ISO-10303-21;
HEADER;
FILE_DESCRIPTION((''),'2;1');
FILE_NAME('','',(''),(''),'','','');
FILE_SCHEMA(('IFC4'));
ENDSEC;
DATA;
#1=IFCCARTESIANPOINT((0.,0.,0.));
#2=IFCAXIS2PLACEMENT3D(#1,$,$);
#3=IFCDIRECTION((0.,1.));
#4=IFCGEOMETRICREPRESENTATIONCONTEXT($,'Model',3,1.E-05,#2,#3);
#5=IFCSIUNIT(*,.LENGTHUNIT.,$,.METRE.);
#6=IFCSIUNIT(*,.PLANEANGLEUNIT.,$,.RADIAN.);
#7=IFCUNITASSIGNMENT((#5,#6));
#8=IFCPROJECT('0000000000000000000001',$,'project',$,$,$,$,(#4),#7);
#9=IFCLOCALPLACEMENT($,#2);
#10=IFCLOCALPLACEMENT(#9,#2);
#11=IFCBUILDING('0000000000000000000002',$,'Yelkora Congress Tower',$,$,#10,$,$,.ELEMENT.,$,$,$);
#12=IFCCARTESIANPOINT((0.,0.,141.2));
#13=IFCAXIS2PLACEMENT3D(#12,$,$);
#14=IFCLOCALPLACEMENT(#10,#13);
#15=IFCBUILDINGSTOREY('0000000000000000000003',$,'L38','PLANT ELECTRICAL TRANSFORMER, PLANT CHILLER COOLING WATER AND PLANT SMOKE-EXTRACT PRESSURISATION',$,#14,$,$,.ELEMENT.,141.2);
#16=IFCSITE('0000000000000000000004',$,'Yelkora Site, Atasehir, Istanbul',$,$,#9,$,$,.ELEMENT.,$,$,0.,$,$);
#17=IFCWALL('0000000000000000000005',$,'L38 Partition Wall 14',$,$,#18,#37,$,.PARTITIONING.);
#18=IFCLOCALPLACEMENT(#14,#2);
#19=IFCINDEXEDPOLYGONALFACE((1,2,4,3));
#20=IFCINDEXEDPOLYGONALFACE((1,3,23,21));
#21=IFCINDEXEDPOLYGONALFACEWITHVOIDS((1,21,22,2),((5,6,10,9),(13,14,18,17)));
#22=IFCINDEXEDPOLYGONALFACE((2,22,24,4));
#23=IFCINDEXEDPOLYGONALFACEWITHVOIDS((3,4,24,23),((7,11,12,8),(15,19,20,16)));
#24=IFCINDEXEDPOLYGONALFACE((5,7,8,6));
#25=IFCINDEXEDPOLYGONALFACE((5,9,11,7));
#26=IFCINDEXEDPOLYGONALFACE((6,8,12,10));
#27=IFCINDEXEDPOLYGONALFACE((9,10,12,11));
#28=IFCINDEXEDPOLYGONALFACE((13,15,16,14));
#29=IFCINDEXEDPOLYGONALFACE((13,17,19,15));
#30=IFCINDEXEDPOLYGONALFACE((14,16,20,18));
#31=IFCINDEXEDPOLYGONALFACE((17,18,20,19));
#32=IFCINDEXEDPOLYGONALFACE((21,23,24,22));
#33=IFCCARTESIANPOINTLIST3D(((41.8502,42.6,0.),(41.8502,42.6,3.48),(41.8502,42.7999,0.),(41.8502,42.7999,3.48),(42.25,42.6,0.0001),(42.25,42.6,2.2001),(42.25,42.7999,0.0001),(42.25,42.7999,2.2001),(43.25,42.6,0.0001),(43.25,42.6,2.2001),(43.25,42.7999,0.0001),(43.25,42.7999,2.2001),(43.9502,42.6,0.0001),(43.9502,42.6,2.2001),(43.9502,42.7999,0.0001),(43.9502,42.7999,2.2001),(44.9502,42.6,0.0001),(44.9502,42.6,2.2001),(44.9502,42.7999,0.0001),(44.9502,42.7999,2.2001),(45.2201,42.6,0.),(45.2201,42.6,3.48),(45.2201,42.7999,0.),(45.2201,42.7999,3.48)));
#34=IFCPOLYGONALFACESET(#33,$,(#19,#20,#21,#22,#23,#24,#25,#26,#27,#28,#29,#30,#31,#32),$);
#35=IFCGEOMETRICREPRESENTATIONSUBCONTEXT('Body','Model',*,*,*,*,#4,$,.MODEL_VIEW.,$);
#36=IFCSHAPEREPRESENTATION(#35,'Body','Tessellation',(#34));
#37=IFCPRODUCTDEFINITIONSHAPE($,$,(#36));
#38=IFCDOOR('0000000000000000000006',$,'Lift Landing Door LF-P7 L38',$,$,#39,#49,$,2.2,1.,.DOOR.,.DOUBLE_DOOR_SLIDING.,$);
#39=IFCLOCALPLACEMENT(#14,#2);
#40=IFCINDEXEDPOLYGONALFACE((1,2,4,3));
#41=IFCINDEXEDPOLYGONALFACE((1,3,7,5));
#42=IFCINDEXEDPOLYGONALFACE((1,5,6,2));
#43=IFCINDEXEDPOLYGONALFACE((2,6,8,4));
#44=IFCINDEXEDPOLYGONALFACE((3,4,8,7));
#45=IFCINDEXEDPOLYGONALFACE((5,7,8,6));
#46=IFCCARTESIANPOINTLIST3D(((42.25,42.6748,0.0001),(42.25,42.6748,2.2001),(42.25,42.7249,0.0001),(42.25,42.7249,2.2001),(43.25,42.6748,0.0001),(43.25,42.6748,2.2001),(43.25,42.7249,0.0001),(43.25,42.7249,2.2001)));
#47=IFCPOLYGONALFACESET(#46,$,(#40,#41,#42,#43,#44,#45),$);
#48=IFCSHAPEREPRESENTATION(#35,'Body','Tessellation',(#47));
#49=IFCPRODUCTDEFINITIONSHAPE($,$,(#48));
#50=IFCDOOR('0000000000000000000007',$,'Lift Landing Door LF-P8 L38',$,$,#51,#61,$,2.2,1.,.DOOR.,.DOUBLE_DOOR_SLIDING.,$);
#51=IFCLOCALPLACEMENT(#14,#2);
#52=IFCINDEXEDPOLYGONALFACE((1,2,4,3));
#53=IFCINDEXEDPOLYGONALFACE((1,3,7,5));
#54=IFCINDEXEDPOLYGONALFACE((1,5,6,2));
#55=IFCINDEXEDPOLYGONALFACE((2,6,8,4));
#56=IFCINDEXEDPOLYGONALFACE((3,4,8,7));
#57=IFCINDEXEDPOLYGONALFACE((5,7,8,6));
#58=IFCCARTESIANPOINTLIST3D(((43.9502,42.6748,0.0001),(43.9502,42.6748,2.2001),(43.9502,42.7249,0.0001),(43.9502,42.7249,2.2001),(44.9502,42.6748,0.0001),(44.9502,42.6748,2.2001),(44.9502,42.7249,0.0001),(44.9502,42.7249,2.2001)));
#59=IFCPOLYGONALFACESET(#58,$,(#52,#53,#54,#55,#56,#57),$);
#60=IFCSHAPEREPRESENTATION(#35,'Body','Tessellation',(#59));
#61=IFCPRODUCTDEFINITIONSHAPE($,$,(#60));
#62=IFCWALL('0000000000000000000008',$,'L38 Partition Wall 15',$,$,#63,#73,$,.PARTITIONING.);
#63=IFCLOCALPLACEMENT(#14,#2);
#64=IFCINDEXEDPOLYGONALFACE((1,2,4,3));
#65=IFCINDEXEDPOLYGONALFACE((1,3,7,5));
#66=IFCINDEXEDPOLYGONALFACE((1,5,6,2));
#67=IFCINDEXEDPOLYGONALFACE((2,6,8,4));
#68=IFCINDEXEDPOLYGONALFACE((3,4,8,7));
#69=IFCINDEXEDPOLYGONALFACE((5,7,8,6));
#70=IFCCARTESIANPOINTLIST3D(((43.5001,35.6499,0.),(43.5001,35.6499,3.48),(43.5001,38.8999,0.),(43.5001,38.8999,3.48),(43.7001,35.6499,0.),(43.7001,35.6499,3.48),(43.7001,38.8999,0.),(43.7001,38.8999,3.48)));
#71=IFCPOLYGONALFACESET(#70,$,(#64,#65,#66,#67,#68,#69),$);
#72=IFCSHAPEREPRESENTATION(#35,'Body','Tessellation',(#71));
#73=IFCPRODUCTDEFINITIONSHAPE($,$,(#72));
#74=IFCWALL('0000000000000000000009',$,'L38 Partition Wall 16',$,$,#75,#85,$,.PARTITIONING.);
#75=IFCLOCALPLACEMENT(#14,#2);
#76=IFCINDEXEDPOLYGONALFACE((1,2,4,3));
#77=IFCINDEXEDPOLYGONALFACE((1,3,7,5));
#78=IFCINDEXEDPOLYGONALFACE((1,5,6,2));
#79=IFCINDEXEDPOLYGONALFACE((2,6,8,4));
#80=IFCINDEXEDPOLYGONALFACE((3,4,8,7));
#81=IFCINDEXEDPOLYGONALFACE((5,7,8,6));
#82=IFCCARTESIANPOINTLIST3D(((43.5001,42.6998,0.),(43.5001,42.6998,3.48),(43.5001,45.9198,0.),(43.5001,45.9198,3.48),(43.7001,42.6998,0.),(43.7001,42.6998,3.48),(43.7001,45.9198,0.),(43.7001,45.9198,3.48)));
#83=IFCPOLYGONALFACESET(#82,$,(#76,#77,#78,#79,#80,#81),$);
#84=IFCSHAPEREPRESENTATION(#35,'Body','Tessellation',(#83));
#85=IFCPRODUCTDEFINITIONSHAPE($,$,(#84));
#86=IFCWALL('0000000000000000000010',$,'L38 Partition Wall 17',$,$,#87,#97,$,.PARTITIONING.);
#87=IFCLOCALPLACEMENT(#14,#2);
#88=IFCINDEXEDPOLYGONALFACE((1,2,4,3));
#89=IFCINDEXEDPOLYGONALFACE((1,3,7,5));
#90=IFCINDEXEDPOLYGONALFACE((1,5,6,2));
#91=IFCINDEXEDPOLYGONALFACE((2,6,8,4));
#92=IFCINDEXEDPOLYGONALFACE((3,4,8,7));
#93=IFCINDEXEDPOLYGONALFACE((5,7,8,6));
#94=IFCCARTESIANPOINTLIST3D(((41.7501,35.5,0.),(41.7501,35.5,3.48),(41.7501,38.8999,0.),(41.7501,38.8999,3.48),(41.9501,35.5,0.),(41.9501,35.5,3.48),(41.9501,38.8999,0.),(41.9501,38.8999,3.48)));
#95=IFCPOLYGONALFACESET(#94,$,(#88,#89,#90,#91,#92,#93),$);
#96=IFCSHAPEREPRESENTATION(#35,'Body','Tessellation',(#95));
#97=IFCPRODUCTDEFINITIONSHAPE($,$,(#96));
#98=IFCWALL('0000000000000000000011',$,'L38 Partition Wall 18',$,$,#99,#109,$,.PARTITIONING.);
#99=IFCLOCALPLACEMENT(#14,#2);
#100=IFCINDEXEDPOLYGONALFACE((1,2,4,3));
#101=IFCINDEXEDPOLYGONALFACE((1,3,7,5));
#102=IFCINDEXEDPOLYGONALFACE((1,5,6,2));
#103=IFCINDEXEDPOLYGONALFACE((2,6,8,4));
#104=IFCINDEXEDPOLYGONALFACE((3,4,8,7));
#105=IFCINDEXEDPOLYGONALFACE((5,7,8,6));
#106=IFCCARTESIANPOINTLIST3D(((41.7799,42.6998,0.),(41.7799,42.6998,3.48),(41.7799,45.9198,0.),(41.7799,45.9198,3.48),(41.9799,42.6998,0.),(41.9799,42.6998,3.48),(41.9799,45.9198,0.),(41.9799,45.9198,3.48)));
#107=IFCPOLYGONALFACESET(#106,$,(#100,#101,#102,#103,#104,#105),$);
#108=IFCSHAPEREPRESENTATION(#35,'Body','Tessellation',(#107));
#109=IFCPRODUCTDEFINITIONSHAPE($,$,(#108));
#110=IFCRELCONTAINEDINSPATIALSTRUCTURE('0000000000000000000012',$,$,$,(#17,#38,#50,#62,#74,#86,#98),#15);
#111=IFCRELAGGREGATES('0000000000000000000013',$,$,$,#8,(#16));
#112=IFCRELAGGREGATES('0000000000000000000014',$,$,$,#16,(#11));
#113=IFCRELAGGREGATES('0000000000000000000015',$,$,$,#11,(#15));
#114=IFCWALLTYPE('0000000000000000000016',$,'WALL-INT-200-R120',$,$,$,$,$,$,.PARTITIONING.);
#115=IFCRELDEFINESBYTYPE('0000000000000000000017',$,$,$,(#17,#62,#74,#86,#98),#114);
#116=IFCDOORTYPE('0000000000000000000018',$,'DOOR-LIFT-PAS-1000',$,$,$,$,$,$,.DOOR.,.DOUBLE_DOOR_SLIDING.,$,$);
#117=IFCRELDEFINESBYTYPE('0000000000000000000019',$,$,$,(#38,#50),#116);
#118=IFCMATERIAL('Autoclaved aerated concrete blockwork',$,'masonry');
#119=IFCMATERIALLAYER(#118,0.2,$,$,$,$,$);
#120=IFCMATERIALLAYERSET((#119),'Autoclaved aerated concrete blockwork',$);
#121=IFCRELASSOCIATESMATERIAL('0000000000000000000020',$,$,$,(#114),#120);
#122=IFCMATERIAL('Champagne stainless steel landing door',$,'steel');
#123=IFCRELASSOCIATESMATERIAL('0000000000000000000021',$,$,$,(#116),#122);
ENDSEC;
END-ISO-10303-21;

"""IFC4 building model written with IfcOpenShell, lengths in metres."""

from ifc_helpers import new_model, si_unit, direction, frame, frame_2d, origin, place, context, subcontext, project, spatial, rectangle, extrude, material, layer, layer_set, type_object, element, fill, save


model = new_model("IFC4")

# Units and contexts
model_context = context("Model", 3, precision=1e-05, world=origin(), true_north=direction((0.0, 1.0)))
body_context = subcontext(model_context, "Body", "Model", "MODEL_VIEW")
ifc_project = project(units=[si_unit("LENGTHUNIT", "METRE"), si_unit("PLANEANGLEUNIT", "RADIAN")], contexts=[model_context])

# Site, building, storey
site_placement = place(None, origin())
site = spatial("IfcSite", under=ifc_project, at=site_placement, Name="Yelkora Site, Atasehir, Istanbul", CompositionType="ELEMENT", RefElevation=0.0)
building_placement = place(site_placement, origin())
building = spatial("IfcBuilding", under=site, at=building_placement, Name="Yelkora Congress Tower", CompositionType="ELEMENT")
storey_placement = place(building_placement, frame((0.0, 0.0, 141.2)))
storey = spatial("IfcBuildingStorey", under=building, at=storey_placement, Name="L38", Description="PLANT ELECTRICAL TRANSFORMER, PLANT CHILLER COOLING WATER AND PLANT SMOKE-EXTRACT PRESSURISATION", CompositionType="ELEMENT", Elevation=141.2)

# Shared definitions
ifc_material_1 = material(Name="Autoclaved aerated concrete blockwork", Category="masonry")
ifc_layer_1 = layer(ifc_material_1, 0.2)
ifc_layer_set_1 = layer_set([ifc_layer_1], Name="Autoclaved aerated concrete blockwork")
wall_type_1 = type_object("IfcWallType", Name="WALL-INT-200-R120", PredefinedType="PARTITIONING", material=ifc_layer_set_1)

# Wall, openings, doors
ifc_material_2 = material(Name="Champagne stainless steel landing door", Category="steel")
door_type_1 = type_object("IfcDoorType", Name="DOOR-LIFT-PAS-1000", OperationType="DOUBLE_DOOR_SLIDING", PredefinedType="DOOR", material=ifc_material_2)
wall_1_placement = place(storey_placement, frame((41.8501, 42.7, 0.0), z_axis=(0.0, 0.0, 1.0), x_axis=(1.0, 0.0, 0.0)))
wall_1 = element("IfcWall", 1, at=wall_1_placement, inside=storey, type_object=wall_type_1, Name="L38 Partition Wall 14", PredefinedType="PARTITIONING", context=body_context, shape_type="SweptSolid", body=[
    extrude(rectangle(XDim=3.3699, YDim=0.2, at=frame_2d((1.6851, 0.0))), origin(), (0.0, 0.0, 1.0), 3.48),
])
opening_1_placement = place(wall_1_placement, frame((0.3999, 0.0, 0.0)))
opening_1 = element("IfcOpeningElement", 2, at=opening_1_placement, cuts=wall_1, PredefinedType="OPENING", context=body_context, shape_type="SweptSolid", body=[
    extrude(rectangle(XDim=1.0, YDim=2.2, at=frame_2d((0.5, 1.1001))), frame((0.0, 0.1099, 0.0), z_axis=(0.0, -1.0, 0.0), x_axis=(1.0, 0.0, 0.0)), (0.0, 0.0, 1.0), 0.22),
])
opening_2_placement = place(wall_1_placement, frame((2.1001, 0.0, 0.0)))
opening_2 = element("IfcOpeningElement", 3, at=opening_2_placement, cuts=wall_1, PredefinedType="OPENING", context=body_context, shape_type="SweptSolid", body=[
    extrude(rectangle(XDim=1.0, YDim=2.2, at=frame_2d((0.5, 1.1001))), frame((0.0, 0.1099, 0.0), z_axis=(0.0, -1.0, 0.0), x_axis=(1.0, 0.0, 0.0)), (0.0, 0.0, 1.0), 0.22),
])
door_1_placement = place(opening_1_placement, origin())
door_1 = element("IfcDoor", 4, at=door_1_placement, inside=storey, type_object=door_type_1, Name="Lift Landing Door LF-P7 L38", OperationType="DOUBLE_DOOR_SLIDING", OverallHeight=2.2, OverallWidth=1.0, PredefinedType="DOOR", context=body_context, shape_type="SweptSolid", body=[
    extrude(rectangle(XDim=1.0, YDim=2.2, at=frame_2d((0.5, 1.1001))), frame((0.0, 0.0249, 0.0), z_axis=(0.0, -1.0, 0.0), x_axis=(1.0, 0.0, 0.0)), (0.0, 0.0, 1.0), 0.05),
])
fill(opening_1, door_1)
door_2_placement = place(opening_2_placement, origin())
door_2 = element("IfcDoor", 5, at=door_2_placement, inside=storey, type_object=door_type_1, Name="Lift Landing Door LF-P8 L38", OperationType="DOUBLE_DOOR_SLIDING", OverallHeight=2.2, OverallWidth=1.0, PredefinedType="DOOR", context=body_context, shape_type="SweptSolid", body=[
    extrude(rectangle(XDim=1.0, YDim=2.2, at=frame_2d((0.5, 1.1001))), frame((0.0, 0.0249, 0.0), z_axis=(0.0, -1.0, 0.0), x_axis=(1.0, 0.0, 0.0)), (0.0, 0.0, 1.0), 0.05),
])
fill(opening_2, door_2)

# Walls
wall_2_placement = place(storey_placement, frame((43.6001, 35.6499, 0.0), z_axis=(0.0, 0.0, 1.0), x_axis=(0.0, 1.0, 0.0)))
element("IfcWall", 6, at=wall_2_placement, inside=storey, type_object=wall_type_1, Name="L38 Partition Wall 15", PredefinedType="PARTITIONING", context=body_context, shape_type="SweptSolid", body=[
    extrude(rectangle(XDim=3.25, YDim=0.2, at=frame_2d((1.625, 0.0))), origin(), (0.0, 0.0, 1.0), 3.48),
])
wall_3_placement = place(storey_placement, frame((43.6001, 42.7, 0.0), z_axis=(0.0, 0.0, 1.0), x_axis=(0.0, 1.0, 0.0)))
element("IfcWall", 7, at=wall_3_placement, inside=storey, type_object=wall_type_1, Name="L38 Partition Wall 16", PredefinedType="PARTITIONING", context=body_context, shape_type="SweptSolid", body=[
    extrude(rectangle(XDim=3.22, YDim=0.2, at=frame_2d((1.6099, 0.0))), origin(), (0.0, 0.0, 1.0), 3.48),
])
wall_4_placement = place(storey_placement, frame((41.8501, 35.5, 0.0), z_axis=(0.0, 0.0, 1.0), x_axis=(0.0, 1.0, 0.0)))
element("IfcWall", 8, at=wall_4_placement, inside=storey, type_object=wall_type_1, Name="L38 Partition Wall 17", PredefinedType="PARTITIONING", context=body_context, shape_type="SweptSolid", body=[
    extrude(rectangle(XDim=3.3999, YDim=0.2, at=frame_2d((1.7, 0.0))), origin(), (0.0, 0.0, 1.0), 3.48),
])
wall_5_placement = place(storey_placement, frame((41.8799, 42.7, 0.0), z_axis=(0.0, 0.0, 1.0), x_axis=(0.0, 1.0, 0.0)))
element("IfcWall", 9, at=wall_5_placement, inside=storey, type_object=wall_type_1, Name="L38 Partition Wall 18", PredefinedType="PARTITIONING", context=body_context, shape_type="SweptSolid", body=[
    extrude(rectangle(XDim=3.22, YDim=0.2, at=frame_2d((1.6099, 0.0))), origin(), (0.0, 0.0, 1.0), 3.48),
])

save(model, "model.ifc")
